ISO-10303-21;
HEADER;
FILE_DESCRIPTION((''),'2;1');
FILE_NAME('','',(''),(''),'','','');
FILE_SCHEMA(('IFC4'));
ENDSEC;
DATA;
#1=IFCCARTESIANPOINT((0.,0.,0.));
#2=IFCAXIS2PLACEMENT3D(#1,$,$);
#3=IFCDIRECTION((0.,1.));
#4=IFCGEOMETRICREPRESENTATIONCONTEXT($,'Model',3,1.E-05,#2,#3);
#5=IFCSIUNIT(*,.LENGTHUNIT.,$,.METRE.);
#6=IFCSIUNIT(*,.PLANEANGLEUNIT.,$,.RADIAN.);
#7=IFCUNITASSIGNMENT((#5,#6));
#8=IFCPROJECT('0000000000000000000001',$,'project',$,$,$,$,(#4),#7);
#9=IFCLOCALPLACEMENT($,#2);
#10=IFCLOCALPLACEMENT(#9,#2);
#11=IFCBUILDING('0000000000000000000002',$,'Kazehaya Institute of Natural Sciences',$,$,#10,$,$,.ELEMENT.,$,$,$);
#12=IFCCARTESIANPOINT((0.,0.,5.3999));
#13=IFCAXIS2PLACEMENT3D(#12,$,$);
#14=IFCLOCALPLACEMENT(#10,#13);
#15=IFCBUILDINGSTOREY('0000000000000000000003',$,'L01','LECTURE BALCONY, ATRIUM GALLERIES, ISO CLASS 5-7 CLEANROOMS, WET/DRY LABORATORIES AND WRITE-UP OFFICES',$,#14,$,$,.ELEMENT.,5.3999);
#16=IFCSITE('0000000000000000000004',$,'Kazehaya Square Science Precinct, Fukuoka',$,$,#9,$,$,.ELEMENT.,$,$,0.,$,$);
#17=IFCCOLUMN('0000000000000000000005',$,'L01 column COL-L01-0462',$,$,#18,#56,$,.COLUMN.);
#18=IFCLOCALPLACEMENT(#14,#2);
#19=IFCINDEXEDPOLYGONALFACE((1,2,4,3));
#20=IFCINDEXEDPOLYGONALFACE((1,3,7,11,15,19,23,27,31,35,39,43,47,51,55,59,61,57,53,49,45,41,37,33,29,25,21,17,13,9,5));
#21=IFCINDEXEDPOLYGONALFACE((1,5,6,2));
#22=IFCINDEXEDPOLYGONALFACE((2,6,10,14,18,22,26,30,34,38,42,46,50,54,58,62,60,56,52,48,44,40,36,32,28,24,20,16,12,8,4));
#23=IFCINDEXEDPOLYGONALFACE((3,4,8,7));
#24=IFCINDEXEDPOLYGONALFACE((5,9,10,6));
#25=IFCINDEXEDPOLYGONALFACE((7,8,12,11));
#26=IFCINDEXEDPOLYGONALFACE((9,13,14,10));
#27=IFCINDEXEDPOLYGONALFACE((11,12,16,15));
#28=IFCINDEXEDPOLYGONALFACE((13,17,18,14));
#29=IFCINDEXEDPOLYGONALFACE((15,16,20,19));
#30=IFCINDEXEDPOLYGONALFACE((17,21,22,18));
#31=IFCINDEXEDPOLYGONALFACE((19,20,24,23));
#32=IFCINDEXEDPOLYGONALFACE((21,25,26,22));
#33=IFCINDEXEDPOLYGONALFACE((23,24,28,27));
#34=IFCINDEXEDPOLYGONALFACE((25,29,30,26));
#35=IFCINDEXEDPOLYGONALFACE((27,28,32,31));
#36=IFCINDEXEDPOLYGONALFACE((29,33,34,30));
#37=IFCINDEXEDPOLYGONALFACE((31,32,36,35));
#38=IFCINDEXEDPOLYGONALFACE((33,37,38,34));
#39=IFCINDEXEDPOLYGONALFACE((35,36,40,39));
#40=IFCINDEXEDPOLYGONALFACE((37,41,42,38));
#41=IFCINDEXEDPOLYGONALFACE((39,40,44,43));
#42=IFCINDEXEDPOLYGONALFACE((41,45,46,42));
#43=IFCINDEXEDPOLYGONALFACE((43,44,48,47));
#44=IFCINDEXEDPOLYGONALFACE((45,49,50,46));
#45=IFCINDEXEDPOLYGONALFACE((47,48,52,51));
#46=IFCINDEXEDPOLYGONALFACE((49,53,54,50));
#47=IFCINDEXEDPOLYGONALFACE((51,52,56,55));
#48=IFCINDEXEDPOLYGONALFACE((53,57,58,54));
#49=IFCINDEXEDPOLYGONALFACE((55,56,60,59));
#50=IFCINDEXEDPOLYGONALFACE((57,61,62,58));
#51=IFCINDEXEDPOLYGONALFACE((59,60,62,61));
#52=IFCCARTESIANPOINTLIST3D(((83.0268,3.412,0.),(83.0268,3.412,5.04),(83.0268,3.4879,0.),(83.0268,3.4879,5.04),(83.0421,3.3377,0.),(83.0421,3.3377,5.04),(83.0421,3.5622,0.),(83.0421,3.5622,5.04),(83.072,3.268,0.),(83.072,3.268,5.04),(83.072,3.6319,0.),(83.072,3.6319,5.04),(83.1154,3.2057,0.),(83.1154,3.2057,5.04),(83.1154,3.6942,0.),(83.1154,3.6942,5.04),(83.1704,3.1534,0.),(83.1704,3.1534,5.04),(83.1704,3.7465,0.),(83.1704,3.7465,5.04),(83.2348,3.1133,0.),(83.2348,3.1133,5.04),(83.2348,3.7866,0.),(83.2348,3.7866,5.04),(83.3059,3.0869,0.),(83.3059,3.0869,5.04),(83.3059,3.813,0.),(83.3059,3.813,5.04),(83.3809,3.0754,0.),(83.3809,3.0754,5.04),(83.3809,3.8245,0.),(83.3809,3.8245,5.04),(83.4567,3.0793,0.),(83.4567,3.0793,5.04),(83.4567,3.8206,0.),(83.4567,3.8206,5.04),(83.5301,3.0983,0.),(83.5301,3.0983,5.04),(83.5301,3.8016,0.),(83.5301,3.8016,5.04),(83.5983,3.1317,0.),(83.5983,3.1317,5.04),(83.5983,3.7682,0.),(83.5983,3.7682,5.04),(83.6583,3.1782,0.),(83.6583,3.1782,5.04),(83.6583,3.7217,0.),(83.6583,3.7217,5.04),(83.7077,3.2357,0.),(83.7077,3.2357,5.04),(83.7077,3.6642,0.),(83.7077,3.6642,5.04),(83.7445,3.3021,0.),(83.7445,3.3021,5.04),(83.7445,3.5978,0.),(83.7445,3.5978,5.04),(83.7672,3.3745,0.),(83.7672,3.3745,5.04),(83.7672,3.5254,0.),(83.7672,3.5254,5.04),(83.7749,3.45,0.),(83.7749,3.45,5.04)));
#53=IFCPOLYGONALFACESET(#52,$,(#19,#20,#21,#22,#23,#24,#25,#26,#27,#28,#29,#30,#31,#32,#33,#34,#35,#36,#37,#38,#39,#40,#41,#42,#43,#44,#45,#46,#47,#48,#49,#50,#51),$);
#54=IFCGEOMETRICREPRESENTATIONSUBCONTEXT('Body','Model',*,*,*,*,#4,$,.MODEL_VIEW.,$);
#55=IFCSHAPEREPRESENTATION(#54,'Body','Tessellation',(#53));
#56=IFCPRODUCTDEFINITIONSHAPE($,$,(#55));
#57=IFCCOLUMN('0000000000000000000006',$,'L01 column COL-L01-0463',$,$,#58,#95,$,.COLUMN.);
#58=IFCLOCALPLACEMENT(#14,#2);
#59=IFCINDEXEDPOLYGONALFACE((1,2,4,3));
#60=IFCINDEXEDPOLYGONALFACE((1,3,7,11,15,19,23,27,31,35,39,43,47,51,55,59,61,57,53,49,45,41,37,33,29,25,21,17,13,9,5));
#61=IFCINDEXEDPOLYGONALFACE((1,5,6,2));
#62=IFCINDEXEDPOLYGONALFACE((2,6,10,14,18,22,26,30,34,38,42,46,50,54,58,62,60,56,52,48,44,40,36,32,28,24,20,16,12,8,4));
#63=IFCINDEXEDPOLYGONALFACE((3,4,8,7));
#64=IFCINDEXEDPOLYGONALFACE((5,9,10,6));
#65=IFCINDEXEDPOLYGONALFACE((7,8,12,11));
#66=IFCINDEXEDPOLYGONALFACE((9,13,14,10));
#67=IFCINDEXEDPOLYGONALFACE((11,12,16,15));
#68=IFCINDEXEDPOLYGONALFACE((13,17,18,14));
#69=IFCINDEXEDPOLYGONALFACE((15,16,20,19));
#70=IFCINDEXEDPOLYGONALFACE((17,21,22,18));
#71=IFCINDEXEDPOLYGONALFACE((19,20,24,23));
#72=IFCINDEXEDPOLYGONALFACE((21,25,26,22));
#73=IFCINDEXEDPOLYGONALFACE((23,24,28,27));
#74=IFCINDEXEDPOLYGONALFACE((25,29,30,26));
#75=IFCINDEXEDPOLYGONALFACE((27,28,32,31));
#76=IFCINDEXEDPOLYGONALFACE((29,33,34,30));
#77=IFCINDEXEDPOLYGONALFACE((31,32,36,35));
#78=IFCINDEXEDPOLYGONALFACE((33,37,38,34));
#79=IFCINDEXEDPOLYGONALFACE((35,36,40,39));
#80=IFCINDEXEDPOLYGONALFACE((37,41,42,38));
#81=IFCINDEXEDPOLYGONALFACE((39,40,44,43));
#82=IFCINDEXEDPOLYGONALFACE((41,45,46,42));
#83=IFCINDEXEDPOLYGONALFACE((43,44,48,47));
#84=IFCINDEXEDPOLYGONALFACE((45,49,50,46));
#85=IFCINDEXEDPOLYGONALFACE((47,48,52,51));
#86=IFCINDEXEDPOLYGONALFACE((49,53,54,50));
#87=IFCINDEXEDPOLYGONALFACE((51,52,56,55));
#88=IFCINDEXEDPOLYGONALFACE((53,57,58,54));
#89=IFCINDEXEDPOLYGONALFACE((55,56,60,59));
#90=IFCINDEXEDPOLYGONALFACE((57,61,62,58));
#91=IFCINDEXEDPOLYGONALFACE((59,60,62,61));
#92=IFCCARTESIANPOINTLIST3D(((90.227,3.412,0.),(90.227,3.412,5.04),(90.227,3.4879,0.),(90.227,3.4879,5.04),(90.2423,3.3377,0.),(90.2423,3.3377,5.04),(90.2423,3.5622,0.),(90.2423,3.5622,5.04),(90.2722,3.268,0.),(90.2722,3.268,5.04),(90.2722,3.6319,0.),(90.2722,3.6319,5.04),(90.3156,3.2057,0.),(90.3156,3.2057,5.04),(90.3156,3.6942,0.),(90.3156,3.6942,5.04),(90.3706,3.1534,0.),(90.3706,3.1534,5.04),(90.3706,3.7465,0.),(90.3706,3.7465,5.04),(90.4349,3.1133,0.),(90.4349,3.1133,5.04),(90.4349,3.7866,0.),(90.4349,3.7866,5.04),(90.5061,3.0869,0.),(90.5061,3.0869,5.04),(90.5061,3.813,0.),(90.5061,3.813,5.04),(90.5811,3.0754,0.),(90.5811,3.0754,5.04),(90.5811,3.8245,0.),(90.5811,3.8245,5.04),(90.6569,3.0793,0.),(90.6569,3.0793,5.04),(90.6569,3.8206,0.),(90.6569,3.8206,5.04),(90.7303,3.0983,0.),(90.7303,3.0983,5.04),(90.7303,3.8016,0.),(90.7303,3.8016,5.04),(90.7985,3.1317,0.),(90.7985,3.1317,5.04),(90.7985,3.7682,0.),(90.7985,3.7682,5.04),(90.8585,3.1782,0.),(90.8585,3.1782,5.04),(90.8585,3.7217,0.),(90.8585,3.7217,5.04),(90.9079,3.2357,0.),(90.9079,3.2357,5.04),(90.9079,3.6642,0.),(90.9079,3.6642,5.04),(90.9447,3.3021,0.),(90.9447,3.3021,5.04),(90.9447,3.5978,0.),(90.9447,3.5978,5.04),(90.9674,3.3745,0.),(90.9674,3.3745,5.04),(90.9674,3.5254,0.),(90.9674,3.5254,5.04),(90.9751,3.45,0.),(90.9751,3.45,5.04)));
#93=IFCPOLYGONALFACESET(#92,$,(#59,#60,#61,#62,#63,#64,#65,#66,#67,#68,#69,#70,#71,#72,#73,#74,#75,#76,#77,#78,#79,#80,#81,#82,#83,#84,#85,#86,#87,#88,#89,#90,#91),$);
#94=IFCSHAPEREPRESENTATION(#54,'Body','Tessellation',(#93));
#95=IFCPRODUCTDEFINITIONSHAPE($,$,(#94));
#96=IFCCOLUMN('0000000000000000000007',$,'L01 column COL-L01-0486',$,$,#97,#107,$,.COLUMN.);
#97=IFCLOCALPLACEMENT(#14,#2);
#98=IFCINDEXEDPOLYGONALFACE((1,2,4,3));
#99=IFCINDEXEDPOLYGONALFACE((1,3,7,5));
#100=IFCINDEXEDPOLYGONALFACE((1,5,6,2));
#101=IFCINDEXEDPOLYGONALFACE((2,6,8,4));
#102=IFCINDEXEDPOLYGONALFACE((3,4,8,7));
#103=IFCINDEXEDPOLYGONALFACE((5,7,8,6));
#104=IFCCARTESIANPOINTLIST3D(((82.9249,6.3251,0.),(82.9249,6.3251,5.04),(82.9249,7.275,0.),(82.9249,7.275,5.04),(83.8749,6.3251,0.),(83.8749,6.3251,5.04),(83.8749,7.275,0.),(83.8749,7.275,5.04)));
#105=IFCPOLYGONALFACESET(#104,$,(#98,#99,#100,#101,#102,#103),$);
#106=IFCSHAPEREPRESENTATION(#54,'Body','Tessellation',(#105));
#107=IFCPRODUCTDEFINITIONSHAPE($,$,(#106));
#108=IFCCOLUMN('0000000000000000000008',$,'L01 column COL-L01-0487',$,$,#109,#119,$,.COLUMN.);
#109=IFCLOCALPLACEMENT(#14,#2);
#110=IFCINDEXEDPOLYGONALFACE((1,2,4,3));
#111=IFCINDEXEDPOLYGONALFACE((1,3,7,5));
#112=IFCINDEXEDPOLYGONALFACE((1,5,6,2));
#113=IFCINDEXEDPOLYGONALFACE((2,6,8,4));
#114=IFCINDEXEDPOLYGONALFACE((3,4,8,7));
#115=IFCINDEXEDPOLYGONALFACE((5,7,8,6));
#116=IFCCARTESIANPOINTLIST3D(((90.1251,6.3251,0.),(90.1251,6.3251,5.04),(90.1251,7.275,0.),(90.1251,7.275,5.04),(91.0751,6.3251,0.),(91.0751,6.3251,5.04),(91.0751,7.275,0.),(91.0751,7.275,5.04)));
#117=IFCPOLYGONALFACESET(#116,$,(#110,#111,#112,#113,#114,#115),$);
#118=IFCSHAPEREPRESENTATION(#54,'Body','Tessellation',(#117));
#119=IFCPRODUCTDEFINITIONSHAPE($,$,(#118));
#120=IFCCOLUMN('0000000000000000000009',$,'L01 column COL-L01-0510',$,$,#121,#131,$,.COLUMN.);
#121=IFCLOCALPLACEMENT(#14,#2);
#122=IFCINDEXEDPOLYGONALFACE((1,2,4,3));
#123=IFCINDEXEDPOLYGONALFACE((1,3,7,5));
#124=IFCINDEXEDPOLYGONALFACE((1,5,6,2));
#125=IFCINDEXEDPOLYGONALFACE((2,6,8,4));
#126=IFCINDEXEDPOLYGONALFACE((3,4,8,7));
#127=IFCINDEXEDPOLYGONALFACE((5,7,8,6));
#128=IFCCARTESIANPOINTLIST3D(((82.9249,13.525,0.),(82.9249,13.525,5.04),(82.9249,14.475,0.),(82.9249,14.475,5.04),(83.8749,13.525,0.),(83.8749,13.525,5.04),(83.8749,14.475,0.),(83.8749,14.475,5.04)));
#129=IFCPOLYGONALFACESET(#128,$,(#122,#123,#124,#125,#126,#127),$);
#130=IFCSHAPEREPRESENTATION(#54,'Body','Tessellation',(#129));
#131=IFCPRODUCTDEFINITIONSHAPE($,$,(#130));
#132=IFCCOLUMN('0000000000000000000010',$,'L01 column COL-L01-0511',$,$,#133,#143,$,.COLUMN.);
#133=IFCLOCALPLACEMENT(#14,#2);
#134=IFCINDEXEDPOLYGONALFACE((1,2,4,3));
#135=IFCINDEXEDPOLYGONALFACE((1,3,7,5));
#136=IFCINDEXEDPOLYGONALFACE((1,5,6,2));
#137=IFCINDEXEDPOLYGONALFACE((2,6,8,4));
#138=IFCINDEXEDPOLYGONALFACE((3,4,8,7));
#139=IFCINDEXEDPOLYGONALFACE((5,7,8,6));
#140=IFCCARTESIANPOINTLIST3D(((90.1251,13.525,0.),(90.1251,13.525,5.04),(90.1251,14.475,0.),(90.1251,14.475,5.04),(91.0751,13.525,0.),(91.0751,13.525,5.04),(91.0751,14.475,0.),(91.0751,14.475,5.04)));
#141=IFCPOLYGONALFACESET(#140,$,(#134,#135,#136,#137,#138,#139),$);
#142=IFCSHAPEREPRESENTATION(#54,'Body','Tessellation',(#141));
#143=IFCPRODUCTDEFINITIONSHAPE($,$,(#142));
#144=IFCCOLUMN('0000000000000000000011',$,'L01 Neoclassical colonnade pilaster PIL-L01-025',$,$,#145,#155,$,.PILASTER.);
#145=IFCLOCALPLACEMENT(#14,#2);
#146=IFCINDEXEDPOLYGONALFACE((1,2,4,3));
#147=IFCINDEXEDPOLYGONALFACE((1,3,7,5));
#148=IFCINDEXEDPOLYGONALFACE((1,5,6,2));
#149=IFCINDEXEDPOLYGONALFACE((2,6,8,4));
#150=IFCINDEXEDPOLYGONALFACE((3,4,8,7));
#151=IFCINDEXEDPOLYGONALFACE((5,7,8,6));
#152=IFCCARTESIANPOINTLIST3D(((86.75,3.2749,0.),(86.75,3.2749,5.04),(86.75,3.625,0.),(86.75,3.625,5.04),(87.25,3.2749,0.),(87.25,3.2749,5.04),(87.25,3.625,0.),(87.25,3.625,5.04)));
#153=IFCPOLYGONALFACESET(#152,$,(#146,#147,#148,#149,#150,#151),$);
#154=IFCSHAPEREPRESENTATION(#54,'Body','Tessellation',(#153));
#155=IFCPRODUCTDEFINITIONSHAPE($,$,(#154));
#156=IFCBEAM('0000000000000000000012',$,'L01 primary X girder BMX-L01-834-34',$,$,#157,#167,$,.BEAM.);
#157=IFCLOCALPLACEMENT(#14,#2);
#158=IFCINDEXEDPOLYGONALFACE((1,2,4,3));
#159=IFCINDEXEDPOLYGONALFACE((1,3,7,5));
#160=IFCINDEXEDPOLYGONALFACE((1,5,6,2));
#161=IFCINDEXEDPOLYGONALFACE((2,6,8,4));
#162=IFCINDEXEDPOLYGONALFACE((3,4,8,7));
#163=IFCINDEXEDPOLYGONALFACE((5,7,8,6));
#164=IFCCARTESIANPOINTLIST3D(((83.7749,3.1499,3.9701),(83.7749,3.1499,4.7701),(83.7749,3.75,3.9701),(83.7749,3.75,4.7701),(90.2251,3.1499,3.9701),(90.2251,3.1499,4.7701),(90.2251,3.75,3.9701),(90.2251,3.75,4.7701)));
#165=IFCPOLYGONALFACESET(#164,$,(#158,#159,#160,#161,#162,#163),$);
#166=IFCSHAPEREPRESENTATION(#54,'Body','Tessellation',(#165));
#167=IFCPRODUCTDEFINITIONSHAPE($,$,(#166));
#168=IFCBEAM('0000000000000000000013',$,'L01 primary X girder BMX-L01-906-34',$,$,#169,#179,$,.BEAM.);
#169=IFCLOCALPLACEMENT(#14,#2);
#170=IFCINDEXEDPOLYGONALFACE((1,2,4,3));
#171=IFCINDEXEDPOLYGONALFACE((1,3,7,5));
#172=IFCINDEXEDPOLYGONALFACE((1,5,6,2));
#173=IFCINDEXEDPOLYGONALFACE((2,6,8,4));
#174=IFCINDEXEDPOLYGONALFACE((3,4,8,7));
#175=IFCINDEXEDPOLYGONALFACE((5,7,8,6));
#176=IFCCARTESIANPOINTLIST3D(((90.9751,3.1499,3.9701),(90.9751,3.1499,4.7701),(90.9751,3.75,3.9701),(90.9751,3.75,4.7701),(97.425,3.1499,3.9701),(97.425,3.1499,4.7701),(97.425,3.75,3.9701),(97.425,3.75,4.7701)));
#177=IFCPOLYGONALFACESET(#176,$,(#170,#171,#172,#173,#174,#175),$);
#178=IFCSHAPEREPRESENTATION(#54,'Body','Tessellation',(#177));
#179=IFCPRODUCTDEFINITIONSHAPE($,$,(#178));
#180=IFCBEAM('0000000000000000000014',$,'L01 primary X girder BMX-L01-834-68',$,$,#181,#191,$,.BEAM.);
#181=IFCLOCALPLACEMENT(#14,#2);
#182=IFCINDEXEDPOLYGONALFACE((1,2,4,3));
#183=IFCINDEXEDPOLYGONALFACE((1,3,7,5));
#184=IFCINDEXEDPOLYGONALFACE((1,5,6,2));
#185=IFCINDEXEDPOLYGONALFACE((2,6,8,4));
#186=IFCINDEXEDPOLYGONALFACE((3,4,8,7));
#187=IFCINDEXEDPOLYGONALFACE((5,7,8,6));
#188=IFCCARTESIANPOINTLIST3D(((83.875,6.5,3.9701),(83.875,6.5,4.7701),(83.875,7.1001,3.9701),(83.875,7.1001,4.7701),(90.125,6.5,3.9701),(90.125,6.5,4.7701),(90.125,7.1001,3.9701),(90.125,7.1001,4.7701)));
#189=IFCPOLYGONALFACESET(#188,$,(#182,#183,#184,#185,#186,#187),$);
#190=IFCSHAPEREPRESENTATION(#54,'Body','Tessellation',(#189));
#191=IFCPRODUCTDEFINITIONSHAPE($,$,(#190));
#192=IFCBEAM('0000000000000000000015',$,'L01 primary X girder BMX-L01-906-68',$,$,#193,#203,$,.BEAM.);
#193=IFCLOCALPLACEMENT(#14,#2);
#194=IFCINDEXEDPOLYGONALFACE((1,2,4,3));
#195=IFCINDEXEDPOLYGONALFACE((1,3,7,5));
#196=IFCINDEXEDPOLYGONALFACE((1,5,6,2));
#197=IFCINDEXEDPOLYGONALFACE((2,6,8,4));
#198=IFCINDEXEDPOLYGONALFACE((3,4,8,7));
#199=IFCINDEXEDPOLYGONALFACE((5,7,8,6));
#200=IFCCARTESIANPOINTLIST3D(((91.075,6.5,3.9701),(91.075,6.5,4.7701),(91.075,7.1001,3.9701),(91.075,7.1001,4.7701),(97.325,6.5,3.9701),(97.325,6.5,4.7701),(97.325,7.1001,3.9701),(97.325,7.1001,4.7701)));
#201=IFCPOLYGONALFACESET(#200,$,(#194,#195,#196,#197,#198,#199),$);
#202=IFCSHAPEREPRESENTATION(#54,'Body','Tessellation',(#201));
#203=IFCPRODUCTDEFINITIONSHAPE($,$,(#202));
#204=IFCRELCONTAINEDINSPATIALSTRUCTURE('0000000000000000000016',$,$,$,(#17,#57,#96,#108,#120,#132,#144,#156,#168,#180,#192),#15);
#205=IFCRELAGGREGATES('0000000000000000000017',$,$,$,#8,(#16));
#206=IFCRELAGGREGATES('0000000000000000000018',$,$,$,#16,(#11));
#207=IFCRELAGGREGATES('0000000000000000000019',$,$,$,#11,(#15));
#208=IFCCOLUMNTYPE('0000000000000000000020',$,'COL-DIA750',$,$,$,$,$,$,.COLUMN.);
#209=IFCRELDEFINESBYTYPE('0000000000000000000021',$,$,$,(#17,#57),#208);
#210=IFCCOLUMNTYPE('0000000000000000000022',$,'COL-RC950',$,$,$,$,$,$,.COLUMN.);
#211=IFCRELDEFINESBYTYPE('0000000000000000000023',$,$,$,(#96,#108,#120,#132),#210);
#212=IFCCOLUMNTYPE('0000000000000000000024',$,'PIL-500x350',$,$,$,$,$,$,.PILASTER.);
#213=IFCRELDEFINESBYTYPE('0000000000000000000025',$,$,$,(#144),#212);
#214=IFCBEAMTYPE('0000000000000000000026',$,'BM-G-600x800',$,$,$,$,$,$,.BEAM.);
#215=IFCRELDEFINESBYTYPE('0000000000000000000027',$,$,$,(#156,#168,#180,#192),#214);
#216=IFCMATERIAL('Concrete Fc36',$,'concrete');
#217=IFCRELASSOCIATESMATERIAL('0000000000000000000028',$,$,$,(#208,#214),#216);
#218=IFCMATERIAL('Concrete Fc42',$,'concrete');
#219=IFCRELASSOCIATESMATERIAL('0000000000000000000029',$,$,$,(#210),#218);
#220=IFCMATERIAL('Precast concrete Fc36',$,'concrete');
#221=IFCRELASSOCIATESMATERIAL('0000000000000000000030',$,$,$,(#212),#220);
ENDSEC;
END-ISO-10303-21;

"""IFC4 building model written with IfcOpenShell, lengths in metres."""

from ifc_helpers import new_model, si_unit, direction, frame, origin, origin_2d, place, context, subcontext, project, spatial, rectangle, circle, extrude, material, material_profile, profile_set, type_object, element, save


model = new_model("IFC4")

# Units and contexts
model_context = context("Model", 3, precision=1e-05, world=origin(), true_north=direction((0.0, 1.0)))
body_context = subcontext(model_context, "Body", "Model", "MODEL_VIEW")
ifc_project = project(units=[si_unit("LENGTHUNIT", "METRE"), si_unit("PLANEANGLEUNIT", "RADIAN")], contexts=[model_context])

# Site, building, storey
site_placement = place(None, origin())
site = spatial("IfcSite", under=ifc_project, at=site_placement, Name="Kazehaya Square Science Precinct, Fukuoka", CompositionType="ELEMENT", RefElevation=0.0)
building_placement = place(site_placement, origin())
building = spatial("IfcBuilding", under=site, at=building_placement, Name="Kazehaya Institute of Natural Sciences", CompositionType="ELEMENT")
storey_placement = place(building_placement, frame((0.0, 0.0, 5.3999)))
storey = spatial("IfcBuildingStorey", under=building, at=storey_placement, Name="L01", Description="LECTURE BALCONY, ATRIUM GALLERIES, ISO CLASS 5-7 CLEANROOMS, WET/DRY LABORATORIES AND WRITE-UP OFFICES", CompositionType="ELEMENT", Elevation=5.3999)

# Columns
ifc_material_1 = material(Name="Concrete Fc36", Category="concrete")
ifc_material_profile_1 = material_profile(ifc_material_1, circle(Radius=0.375, at=origin_2d()), Name="RC-DIA750")
ifc_profile_set_1 = profile_set([ifc_material_profile_1], Name="Concrete Fc36")
column_type_1 = type_object("IfcColumnType", Name="COL-DIA750", PredefinedType="COLUMN", material=ifc_profile_set_1)
for number, where, z_axis, x_axis, name in (
    (1, (83.3999, 3.45, 0.0), (0.0, 0.0, 1.0), (1.0, 0.0, 0.0), "L01 column COL-L01-0462"),
    (2, (90.6001, 3.45, 0.0), (0.0, 0.0, 1.0), (1.0, 0.0, 0.0), "L01 column COL-L01-0463"),
):
    element("IfcColumn", number, at=place(storey_placement, frame(where, z_axis=z_axis, x_axis=x_axis)), inside=storey, type_object=column_type_1, Name=name, PredefinedType="COLUMN", context=body_context, shape_type="SweptSolid", body=[
        extrude(circle(Radius=0.375, at=origin_2d()), origin(), (0.0, 0.0, 1.0), 5.04),
    ])
ifc_material_2 = material(Name="Concrete Fc42", Category="concrete")
ifc_material_profile_2 = material_profile(ifc_material_2, rectangle(XDim=0.95, YDim=0.95, at=origin_2d()), Name="RC-950x950")
ifc_profile_set_2 = profile_set([ifc_material_profile_2], Name="Concrete Fc42")
column_type_2 = type_object("IfcColumnType", Name="COL-RC950", PredefinedType="COLUMN", material=ifc_profile_set_2)
for number, where, z_axis, x_axis, name in (
    (3, (83.3999, 6.8, 0.0), (0.0, 0.0, 1.0), (1.0, 0.0, 0.0), "L01 column COL-L01-0486"),
    (4, (90.6001, 6.8, 0.0), (0.0, 0.0, 1.0), (1.0, 0.0, 0.0), "L01 column COL-L01-0487"),
    (5, (83.3999, 14.0, 0.0), (0.0, 0.0, 1.0), (1.0, 0.0, 0.0), "L01 column COL-L01-0510"),
    (6, (90.6001, 14.0, 0.0), (0.0, 0.0, 1.0), (1.0, 0.0, 0.0), "L01 column COL-L01-0511"),
):
    element("IfcColumn", number, at=place(storey_placement, frame(where, z_axis=z_axis, x_axis=x_axis)), inside=storey, type_object=column_type_2, Name=name, PredefinedType="COLUMN", context=body_context, shape_type="SweptSolid", body=[
        extrude(rectangle(XDim=0.95, YDim=0.95, at=origin_2d()), origin(), (0.0, 0.0, 1.0), 5.04),
    ])
ifc_material_3 = material(Name="Precast concrete Fc36", Category="concrete")
ifc_material_profile_3 = material_profile(ifc_material_3, rectangle(XDim=0.5, YDim=0.3501, at=origin_2d()), Name="RC-PIL-500x350")
ifc_profile_set_3 = profile_set([ifc_material_profile_3], Name="Precast concrete Fc36")
column_type_3 = type_object("IfcColumnType", Name="PIL-500x350", PredefinedType="PILASTER", material=ifc_profile_set_3)
column_placement = place(storey_placement, frame((87.0, 3.45, 0.0), z_axis=(0.0, 0.0, 1.0), x_axis=(1.0, 0.0, 0.0)))
element("IfcColumn", 7, at=column_placement, inside=storey, type_object=column_type_3, Name="L01 Neoclassical colonnade pilaster PIL-L01-025", PredefinedType="PILASTER", context=body_context, shape_type="SweptSolid", body=[
    extrude(rectangle(XDim=0.5, YDim=0.3501, at=origin_2d()), origin(), (0.0, 0.0, 1.0), 5.04),
])

# Beams
ifc_material_profile_4 = material_profile(ifc_material_1, rectangle(XDim=0.6001, YDim=0.8, at=origin_2d()), Name="RC-600x800")
ifc_profile_set_4 = profile_set([ifc_material_profile_4], Name="Concrete Fc36")
beam_type = type_object("IfcBeamType", Name="BM-G-600x800", PredefinedType="BEAM", material=ifc_profile_set_4)
beam_1_placement = place(storey_placement, frame((83.7749, 3.45, 4.3701), z_axis=(1.0, 0.0, 0.0), x_axis=(0.0, 1.0, 0.0)))
element("IfcBeam", 8, at=beam_1_placement, inside=storey, type_object=beam_type, Name="L01 primary X girder BMX-L01-834-34", PredefinedType="BEAM", context=body_context, shape_type="SweptSolid", body=[
    extrude(rectangle(XDim=0.6001, YDim=0.8, at=origin_2d()), origin(), (0.0, 0.0, 1.0), 6.4502),
])
beam_2_placement = place(storey_placement, frame((90.9751, 3.45, 4.3701), z_axis=(1.0, 0.0, 0.0), x_axis=(0.0, 1.0, 0.0)))
element("IfcBeam", 9, at=beam_2_placement, inside=storey, type_object=beam_type, Name="L01 primary X girder BMX-L01-906-34", PredefinedType="BEAM", context=body_context, shape_type="SweptSolid", body=[
    extrude(rectangle(XDim=0.6001, YDim=0.8, at=origin_2d()), origin(), (0.0, 0.0, 1.0), 6.45),
])
for number, where, z_axis, x_axis, name in (
    (10, (83.875, 6.8, 4.3701), (1.0, 0.0, 0.0), (0.0, 1.0, 0.0), "L01 primary X girder BMX-L01-834-68"),
    (11, (91.075, 6.8, 4.3701), (1.0, 0.0, 0.0), (0.0, 1.0, 0.0), "L01 primary X girder BMX-L01-906-68"),
):
    element("IfcBeam", number, at=place(storey_placement, frame(where, z_axis=z_axis, x_axis=x_axis)), inside=storey, type_object=beam_type, Name=name, PredefinedType="BEAM", context=body_context, shape_type="SweptSolid", body=[
        extrude(rectangle(XDim=0.6001, YDim=0.8, at=origin_2d()), origin(), (0.0, 0.0, 1.0), 6.25),
    ])

save(model, "model.ifc")
